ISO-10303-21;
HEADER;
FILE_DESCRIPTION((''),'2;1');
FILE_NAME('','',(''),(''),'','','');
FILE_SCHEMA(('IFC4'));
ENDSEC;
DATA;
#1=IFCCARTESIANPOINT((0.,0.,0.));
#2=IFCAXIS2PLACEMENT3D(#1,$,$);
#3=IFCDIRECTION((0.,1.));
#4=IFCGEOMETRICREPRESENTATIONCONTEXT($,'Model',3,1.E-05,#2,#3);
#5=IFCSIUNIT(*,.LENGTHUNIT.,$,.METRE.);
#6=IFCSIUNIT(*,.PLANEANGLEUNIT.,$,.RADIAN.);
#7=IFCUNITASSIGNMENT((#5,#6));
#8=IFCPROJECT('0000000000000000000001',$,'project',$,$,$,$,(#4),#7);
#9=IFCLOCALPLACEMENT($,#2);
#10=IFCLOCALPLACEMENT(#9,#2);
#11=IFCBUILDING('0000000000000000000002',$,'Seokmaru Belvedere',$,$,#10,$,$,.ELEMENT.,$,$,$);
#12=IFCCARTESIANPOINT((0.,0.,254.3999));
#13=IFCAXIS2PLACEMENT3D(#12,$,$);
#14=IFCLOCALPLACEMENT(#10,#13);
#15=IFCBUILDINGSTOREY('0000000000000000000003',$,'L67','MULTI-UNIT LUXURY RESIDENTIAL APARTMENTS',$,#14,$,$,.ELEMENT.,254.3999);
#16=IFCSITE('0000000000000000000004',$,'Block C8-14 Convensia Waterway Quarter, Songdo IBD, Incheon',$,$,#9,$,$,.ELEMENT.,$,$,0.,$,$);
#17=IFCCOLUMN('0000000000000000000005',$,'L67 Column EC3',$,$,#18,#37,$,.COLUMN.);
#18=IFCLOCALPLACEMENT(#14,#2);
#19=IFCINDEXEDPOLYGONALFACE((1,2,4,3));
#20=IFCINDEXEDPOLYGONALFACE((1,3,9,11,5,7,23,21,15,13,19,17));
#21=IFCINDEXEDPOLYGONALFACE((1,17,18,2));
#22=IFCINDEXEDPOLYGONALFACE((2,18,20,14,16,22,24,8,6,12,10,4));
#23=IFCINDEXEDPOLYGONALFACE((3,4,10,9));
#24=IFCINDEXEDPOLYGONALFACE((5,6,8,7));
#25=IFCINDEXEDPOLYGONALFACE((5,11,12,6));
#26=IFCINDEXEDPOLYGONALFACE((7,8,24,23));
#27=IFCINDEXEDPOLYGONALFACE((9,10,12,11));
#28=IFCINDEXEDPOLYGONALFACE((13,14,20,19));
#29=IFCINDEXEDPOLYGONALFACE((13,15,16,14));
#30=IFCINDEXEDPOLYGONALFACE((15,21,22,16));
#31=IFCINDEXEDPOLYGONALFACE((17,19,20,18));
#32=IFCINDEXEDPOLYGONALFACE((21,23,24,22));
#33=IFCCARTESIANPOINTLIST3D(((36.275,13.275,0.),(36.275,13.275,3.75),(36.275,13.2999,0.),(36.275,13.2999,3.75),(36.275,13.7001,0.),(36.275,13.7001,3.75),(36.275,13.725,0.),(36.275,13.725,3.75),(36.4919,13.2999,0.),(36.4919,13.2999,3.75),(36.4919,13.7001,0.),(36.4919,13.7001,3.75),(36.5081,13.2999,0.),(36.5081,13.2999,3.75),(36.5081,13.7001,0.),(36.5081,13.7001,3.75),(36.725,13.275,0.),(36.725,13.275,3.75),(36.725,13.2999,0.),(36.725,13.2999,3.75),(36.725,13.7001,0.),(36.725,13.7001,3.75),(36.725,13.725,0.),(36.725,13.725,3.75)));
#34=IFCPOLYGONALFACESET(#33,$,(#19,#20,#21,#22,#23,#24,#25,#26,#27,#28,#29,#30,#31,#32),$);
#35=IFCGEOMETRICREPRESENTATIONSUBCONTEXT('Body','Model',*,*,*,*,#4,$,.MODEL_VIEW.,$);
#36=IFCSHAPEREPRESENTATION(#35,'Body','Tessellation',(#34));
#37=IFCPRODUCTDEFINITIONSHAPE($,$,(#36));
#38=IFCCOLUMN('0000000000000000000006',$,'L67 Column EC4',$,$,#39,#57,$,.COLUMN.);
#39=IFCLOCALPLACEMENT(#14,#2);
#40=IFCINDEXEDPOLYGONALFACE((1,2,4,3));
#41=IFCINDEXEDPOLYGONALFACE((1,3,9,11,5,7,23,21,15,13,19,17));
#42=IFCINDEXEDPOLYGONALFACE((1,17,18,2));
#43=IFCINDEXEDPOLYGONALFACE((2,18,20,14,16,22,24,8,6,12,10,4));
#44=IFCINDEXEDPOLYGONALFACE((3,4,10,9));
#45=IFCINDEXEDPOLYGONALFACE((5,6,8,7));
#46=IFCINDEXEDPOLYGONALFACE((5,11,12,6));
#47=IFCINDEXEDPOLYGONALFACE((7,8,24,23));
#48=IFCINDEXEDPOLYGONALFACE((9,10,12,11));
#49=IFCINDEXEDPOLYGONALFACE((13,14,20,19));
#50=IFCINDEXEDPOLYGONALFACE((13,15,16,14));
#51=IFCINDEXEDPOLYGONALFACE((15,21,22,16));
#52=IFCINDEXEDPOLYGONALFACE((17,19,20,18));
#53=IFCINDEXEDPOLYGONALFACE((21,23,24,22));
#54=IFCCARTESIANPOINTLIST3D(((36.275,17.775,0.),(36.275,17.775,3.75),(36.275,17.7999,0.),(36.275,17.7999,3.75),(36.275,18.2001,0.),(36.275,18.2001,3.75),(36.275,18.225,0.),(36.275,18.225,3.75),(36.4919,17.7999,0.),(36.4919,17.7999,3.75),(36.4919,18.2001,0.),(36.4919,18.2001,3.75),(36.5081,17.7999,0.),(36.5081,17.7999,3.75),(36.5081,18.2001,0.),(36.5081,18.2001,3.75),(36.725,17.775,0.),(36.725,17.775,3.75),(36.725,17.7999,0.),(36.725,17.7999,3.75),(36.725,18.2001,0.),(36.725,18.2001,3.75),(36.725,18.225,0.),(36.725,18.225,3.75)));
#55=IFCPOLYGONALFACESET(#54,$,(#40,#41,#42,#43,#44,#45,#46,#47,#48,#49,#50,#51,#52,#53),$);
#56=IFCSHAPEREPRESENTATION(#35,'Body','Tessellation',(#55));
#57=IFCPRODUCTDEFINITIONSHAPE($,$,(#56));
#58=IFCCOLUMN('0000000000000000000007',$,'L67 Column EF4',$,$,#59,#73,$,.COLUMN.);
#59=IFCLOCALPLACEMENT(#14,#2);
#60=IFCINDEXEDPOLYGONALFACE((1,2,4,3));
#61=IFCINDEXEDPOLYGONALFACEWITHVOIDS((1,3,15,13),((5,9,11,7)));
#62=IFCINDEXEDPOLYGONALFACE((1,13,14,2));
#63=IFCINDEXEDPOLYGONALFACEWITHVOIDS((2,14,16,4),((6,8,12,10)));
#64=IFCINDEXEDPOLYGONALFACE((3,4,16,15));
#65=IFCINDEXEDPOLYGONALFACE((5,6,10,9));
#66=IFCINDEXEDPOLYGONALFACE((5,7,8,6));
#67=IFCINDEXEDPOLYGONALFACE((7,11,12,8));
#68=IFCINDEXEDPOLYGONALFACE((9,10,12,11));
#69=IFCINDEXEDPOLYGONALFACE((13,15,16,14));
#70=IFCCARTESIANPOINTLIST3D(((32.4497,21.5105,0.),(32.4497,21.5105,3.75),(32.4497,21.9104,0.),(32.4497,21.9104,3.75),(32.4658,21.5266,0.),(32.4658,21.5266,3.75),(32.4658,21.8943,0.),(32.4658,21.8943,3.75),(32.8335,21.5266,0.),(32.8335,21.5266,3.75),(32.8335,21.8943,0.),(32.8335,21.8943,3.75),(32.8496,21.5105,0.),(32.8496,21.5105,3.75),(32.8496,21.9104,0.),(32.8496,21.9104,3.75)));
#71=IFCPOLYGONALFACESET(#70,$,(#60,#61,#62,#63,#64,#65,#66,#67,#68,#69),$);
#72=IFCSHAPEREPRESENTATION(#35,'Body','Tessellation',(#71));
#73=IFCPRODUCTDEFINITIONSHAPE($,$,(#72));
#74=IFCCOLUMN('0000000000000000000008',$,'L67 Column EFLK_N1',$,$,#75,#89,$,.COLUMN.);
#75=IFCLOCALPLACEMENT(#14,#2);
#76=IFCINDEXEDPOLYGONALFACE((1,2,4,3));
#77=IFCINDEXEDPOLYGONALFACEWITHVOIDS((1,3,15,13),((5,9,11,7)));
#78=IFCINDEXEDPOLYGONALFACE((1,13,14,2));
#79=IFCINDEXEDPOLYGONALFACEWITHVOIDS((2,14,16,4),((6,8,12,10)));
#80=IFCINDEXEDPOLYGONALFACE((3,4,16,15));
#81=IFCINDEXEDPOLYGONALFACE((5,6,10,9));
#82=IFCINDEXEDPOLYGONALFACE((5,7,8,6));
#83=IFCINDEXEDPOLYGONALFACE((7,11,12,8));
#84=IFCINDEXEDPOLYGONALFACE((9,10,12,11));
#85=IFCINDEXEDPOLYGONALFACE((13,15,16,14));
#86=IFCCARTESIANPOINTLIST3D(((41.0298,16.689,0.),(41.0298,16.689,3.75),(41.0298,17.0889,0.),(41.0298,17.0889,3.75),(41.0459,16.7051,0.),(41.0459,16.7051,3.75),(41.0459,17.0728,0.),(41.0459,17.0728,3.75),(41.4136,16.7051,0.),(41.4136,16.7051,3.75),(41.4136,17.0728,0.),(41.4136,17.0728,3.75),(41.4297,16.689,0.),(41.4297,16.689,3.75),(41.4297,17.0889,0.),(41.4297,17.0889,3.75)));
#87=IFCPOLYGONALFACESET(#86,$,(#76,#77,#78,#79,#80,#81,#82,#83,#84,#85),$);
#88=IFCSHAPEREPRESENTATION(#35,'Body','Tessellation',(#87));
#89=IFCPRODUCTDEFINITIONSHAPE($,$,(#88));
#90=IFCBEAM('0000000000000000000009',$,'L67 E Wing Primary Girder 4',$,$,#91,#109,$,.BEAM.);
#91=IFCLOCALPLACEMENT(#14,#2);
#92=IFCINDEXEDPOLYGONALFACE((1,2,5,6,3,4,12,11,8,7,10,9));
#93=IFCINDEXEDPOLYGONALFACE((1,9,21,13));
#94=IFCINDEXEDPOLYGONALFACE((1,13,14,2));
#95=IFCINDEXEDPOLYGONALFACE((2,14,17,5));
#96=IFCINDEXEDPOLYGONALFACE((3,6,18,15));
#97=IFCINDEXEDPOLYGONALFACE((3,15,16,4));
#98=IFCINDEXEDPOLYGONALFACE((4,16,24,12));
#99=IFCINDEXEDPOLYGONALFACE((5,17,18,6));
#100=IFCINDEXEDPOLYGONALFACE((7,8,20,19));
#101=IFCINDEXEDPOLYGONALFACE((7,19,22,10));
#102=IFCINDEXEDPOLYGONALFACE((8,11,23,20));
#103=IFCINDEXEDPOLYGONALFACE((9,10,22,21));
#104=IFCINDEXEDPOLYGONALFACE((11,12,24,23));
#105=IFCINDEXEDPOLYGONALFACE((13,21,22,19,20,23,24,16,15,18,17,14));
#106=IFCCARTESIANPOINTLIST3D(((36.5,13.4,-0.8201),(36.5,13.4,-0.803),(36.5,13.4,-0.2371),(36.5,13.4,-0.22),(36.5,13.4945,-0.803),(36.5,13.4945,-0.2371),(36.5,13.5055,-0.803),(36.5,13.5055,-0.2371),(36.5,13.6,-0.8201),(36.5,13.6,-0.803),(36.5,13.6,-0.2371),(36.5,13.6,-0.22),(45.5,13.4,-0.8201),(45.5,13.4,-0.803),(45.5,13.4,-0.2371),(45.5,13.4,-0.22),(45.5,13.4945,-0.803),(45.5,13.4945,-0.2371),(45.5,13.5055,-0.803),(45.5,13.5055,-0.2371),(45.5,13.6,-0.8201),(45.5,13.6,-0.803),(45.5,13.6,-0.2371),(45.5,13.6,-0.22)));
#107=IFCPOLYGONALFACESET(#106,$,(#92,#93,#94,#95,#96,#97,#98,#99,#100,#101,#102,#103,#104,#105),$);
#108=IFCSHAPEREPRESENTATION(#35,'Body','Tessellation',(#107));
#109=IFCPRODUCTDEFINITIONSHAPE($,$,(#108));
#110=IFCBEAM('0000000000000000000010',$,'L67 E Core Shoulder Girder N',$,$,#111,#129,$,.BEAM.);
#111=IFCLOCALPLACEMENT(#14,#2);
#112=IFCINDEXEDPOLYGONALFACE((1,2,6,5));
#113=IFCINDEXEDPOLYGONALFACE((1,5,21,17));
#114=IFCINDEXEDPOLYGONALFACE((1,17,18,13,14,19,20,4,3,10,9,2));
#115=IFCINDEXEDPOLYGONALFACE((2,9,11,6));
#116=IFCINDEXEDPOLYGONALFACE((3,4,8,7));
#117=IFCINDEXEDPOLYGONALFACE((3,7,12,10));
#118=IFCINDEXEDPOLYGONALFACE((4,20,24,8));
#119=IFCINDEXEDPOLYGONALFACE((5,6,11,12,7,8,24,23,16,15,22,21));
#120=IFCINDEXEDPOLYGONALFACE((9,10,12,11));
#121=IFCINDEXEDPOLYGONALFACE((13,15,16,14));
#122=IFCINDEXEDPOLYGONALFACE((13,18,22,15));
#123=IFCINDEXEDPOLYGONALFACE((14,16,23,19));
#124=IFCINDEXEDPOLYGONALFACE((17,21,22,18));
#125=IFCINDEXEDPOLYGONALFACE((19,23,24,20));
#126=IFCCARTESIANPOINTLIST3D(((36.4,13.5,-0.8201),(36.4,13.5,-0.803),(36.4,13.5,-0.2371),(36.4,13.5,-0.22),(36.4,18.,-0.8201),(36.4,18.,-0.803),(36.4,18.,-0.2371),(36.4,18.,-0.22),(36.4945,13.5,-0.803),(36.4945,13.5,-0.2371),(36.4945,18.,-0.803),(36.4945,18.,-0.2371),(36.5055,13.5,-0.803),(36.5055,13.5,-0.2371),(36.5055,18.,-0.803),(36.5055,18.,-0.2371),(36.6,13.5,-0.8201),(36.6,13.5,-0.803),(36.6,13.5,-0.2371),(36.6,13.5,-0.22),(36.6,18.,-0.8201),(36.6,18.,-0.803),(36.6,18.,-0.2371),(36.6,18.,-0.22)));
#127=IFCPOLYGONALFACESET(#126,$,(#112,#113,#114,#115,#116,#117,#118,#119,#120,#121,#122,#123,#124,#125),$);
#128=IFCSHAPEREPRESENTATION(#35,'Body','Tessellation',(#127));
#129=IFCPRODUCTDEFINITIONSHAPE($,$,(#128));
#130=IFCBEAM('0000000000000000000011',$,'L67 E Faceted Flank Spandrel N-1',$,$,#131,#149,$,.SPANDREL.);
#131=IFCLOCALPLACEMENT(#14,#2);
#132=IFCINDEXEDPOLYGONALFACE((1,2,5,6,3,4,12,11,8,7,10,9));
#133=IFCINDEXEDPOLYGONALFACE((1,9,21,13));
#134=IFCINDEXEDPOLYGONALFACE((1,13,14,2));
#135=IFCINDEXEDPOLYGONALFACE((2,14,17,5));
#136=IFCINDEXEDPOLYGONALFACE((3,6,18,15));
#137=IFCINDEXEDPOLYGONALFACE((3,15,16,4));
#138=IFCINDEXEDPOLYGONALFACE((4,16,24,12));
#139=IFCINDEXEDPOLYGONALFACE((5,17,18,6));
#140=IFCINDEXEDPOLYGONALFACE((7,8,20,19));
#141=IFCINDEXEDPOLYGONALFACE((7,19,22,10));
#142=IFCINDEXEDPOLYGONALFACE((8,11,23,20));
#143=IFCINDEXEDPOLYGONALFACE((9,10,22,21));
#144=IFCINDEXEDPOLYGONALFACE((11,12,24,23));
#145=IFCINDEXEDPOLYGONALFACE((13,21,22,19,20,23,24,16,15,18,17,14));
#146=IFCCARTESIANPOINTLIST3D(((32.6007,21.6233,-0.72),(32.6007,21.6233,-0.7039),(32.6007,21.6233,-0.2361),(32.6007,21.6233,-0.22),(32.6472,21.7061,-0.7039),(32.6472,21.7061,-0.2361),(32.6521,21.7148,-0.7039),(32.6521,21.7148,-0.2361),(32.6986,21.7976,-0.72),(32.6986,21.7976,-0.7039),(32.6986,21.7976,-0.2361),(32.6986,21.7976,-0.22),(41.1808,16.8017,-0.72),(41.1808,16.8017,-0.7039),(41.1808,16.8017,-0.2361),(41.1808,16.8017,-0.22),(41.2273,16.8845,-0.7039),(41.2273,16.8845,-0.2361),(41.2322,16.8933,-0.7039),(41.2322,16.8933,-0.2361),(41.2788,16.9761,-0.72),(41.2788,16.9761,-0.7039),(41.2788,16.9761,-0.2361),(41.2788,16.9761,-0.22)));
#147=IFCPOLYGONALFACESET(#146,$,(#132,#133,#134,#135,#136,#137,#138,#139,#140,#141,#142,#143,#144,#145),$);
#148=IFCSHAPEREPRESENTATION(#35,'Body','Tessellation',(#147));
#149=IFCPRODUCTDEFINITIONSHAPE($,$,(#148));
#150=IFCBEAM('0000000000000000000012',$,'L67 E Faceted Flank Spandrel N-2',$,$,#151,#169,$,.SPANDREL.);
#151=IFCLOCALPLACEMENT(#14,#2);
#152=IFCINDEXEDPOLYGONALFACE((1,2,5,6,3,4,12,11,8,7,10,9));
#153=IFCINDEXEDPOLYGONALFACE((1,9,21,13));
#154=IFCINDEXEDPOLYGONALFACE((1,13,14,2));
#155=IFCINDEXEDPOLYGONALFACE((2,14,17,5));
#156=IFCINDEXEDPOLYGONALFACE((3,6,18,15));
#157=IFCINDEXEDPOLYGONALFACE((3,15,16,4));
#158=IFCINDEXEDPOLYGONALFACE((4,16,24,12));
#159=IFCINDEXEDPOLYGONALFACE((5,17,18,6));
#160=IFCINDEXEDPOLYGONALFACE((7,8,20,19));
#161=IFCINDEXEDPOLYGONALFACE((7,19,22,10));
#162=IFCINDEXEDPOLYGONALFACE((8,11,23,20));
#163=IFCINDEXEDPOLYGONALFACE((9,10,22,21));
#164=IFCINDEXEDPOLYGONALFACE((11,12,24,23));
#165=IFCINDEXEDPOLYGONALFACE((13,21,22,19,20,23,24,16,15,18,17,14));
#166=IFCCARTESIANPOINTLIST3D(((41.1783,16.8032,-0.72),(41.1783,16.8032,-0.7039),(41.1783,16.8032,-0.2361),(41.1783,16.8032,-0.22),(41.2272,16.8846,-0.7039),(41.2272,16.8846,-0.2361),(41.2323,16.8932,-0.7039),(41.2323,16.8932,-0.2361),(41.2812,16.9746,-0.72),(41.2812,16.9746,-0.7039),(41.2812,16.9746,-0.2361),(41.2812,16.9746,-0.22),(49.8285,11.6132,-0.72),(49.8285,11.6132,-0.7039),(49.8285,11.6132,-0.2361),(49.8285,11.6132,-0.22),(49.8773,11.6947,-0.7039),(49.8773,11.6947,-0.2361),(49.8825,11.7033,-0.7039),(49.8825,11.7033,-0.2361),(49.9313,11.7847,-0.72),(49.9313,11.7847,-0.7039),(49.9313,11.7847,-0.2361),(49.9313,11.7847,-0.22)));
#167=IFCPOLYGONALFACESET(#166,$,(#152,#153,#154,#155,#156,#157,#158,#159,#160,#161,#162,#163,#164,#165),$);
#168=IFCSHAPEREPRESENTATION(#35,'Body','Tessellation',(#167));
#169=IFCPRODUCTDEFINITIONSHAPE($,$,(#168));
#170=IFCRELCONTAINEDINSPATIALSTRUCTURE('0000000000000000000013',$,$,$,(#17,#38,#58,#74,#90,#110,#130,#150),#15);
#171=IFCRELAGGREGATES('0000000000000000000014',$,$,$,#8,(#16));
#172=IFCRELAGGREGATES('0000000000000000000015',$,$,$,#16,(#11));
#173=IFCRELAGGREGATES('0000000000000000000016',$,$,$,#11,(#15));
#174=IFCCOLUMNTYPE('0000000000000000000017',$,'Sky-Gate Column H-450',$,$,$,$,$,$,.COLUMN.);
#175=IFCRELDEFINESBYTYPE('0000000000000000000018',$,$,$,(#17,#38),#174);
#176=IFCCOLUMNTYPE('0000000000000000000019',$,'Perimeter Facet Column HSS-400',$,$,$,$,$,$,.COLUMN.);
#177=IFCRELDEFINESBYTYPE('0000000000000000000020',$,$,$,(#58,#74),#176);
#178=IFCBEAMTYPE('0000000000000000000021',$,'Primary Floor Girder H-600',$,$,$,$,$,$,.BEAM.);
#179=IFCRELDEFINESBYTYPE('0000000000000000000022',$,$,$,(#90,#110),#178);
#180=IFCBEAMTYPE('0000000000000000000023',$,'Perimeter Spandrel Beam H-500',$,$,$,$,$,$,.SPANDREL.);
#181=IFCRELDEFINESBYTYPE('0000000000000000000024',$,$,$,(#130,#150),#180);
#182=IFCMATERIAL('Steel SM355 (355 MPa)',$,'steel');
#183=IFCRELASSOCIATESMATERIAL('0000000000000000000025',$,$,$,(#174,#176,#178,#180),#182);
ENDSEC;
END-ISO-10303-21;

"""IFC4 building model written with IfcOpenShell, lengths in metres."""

from ifc_helpers import new_model, si_unit, direction, frame, origin, origin_2d, place, context, subcontext, project, spatial, hollow_rectangle, i_section, extrude, source, transform, mapped, material, material_profile, profile_set, type_object, type_shapes, element, save


model = new_model("IFC4")

# Units and contexts
model_context = context("Model", 3, precision=1e-05, world=origin(), true_north=direction((0.0, 1.0)))
body_context = subcontext(model_context, "Body", "Model", "MODEL_VIEW")
ifc_project = project(units=[si_unit("LENGTHUNIT", "METRE"), si_unit("PLANEANGLEUNIT", "RADIAN")], contexts=[model_context])

# Site, building, storey
site_placement = place(None, origin())
site = spatial("IfcSite", under=ifc_project, at=site_placement, Name="Block C8-14 Convensia Waterway Quarter, Songdo IBD, Incheon", CompositionType="ELEMENT", RefElevation=0.0)
building_placement = place(site_placement, origin())
building = spatial("IfcBuilding", under=site, at=building_placement, Name="Seokmaru Belvedere", CompositionType="ELEMENT")
storey_placement = place(building_placement, frame((0.0, 0.0, 254.3999)))
storey = spatial("IfcBuildingStorey", under=building, at=storey_placement, Name="L67", Description="MULTI-UNIT LUXURY RESIDENTIAL APARTMENTS", CompositionType="ELEMENT", Elevation=254.3999)

# Columns
ifc_material_1 = material(Name="Steel SM355 (355 MPa)", Category="steel")
ifc_material_profile_1 = material_profile(ifc_material_1, i_section(OverallWidth=0.45, OverallDepth=0.45, WebThickness=0.0161, FlangeThickness=0.0249, at=origin_2d()), Name="H-450x450x16x25")
ifc_profile_set_1 = profile_set([ifc_material_profile_1], Name="Steel SM355 (355 MPa)")
column_type_1 = type_object("IfcColumnType", Name="Sky-Gate Column H-450", PredefinedType="COLUMN", material=ifc_profile_set_1)
shared_shape_1 = source(origin(), body_context, "Body", "SweptSolid", [
    extrude(i_section(OverallWidth=0.45, OverallDepth=0.45, WebThickness=0.0161, FlangeThickness=0.0249, at=origin_2d()), origin(), (0.0, 0.0, 1.0), 3.75),
])
type_shapes(column_type_1, [shared_shape_1])
for number, where, z_axis, x_axis, name in (
    (1, (36.5, 13.5, 0.0), (0.0, 0.0, 1.0), (1.0, 0.0, 0.0), "L67 Column EC3"),
    (2, (36.5, 18.0, 0.0), (0.0, 0.0, 1.0), (1.0, 0.0, 0.0), "L67 Column EC4"),
):
    element("IfcColumn", number, at=place(storey_placement, frame(where, z_axis=z_axis, x_axis=x_axis)), inside=storey, type_object=column_type_1, Name=name, PredefinedType="COLUMN", context=body_context, shape_type="MappedRepresentation", body=[
        mapped(shared_shape_1, transform((0.0, 0.0, 0.0), scale=1.0)),
    ])
ifc_material_profile_2 = material_profile(ifc_material_1, hollow_rectangle(XDim=0.3999, YDim=0.3999, WallThickness=0.0161, at=origin_2d()), Name="HSS-400x400x16")
ifc_profile_set_2 = profile_set([ifc_material_profile_2], Name="Steel SM355 (355 MPa)")
column_type_2 = type_object("IfcColumnType", Name="Perimeter Facet Column HSS-400", PredefinedType="COLUMN", material=ifc_profile_set_2)
shared_shape_2 = source(origin(), body_context, "Body", "SweptSolid", [
    extrude(hollow_rectangle(XDim=0.3999, YDim=0.3999, WallThickness=0.0161, at=origin_2d()), origin(), (0.0, 0.0, 1.0), 3.75),
])
type_shapes(column_type_2, [shared_shape_2])
for number, where, z_axis, x_axis, name in (
    (3, (32.6497, 21.7104, 0.0), (0.0, 0.0, 1.0), (1.0, 0.0, 0.0), "L67 Column EF4"),
    (4, (41.2297, 16.8889, 0.0), (0.0, 0.0, 1.0), (1.0, 0.0, 0.0), "L67 Column EFLK_N1"),
):
    element("IfcColumn", number, at=place(storey_placement, frame(where, z_axis=z_axis, x_axis=x_axis)), inside=storey, type_object=column_type_2, Name=name, PredefinedType="COLUMN", context=body_context, shape_type="MappedRepresentation", body=[
        mapped(shared_shape_2, transform((0.0, 0.0, 0.0), scale=1.0)),
    ])

# Beams
ifc_material_profile_3 = material_profile(ifc_material_1, i_section(OverallWidth=0.2, OverallDepth=0.6001, WebThickness=0.011, FlangeThickness=0.0171, at=origin_2d()), Name="H-600x200x11x17")
ifc_profile_set_3 = profile_set([ifc_material_profile_3], Name="Steel SM355 (355 MPa)")
beam_type_1 = type_object("IfcBeamType", Name="Primary Floor Girder H-600", PredefinedType="BEAM", material=ifc_profile_set_3)
shared_shape_3 = source(origin(), body_context, "Body", "SweptSolid", [
    extrude(i_section(OverallWidth=0.2, OverallDepth=0.6001, WebThickness=0.011, FlangeThickness=0.0171, at=origin_2d()), origin(), (0.0, 0.0, 1.0), 9.0),
])
beam_1_placement = place(storey_placement, frame((36.5, 13.5, -0.52), z_axis=(1.0, 0.0, 0.0), x_axis=(0.0, 1.0, 0.0)))
element("IfcBeam", 5, at=beam_1_placement, inside=storey, type_object=beam_type_1, Name="L67 E Wing Primary Girder 4", PredefinedType="BEAM", context=body_context, shape_type="MappedRepresentation", body=[
    mapped(shared_shape_3, transform((0.0, 0.0, 0.0), scale=1.0)),
])
shared_shape_4 = source(origin(), body_context, "Body", "SweptSolid", [
    extrude(i_section(OverallWidth=0.2, OverallDepth=0.6001, WebThickness=0.011, FlangeThickness=0.0171, at=origin_2d()), origin(), (0.0, 0.0, 1.0), 4.5),
])
beam_2_placement = place(storey_placement, frame((36.5, 13.5, -0.52), z_axis=(0.0, 1.0, 0.0), x_axis=(-1.0, 0.0, 0.0)))
element("IfcBeam", 6, at=beam_2_placement, inside=storey, type_object=beam_type_1, Name="L67 E Core Shoulder Girder N", PredefinedType="BEAM", context=body_context, shape_type="MappedRepresentation", body=[
    mapped(shared_shape_4, transform((0.0, 0.0, 0.0), scale=1.0)),
])
ifc_material_profile_4 = material_profile(ifc_material_1, i_section(OverallWidth=0.2, OverallDepth=0.5, WebThickness=0.01, FlangeThickness=0.0161, at=origin_2d()), Name="H-500x200x10x16")
ifc_profile_set_4 = profile_set([ifc_material_profile_4], Name="Steel SM355 (355 MPa)")
beam_type_2 = type_object("IfcBeamType", Name="Perimeter Spandrel Beam H-500", PredefinedType="SPANDREL", material=ifc_profile_set_4)
shared_shape_5 = source(origin(), body_context, "Body", "SweptSolid", [
    extrude(i_section(OverallWidth=0.2, OverallDepth=0.5, WebThickness=0.01, FlangeThickness=0.0161, at=origin_2d()), origin(), (0.0, 0.0, 1.0), 9.842),
])
beam_3_placement = place(storey_placement, frame((32.6497, 21.7104, -0.47), z_axis=(0.871782, -0.489894, 0.0), x_axis=(0.489894, 0.871782, 0.0)))
element("IfcBeam", 7, at=beam_3_placement, inside=storey, type_object=beam_type_2, Name="L67 E Faceted Flank Spandrel N-1", PredefinedType="SPANDREL", context=body_context, shape_type="MappedRepresentation", body=[
    mapped(shared_shape_5, transform((0.0, 0.0, 0.0), scale=1.0)),
])
shared_shape_6 = source(origin(), body_context, "Body", "SweptSolid", [
    extrude(i_section(OverallWidth=0.2, OverallDepth=0.5, WebThickness=0.01, FlangeThickness=0.0161, at=origin_2d()), origin(), (0.0, 0.0, 1.0), 10.0876),
])
beam_4_placement = place(storey_placement, frame((41.2297, 16.8889, -0.47), z_axis=(0.857499, -0.514485, 0.0), x_axis=(0.514485, 0.857499, 0.0)))
element("IfcBeam", 8, at=beam_4_placement, inside=storey, type_object=beam_type_2, Name="L67 E Faceted Flank Spandrel N-2", PredefinedType="SPANDREL", context=body_context, shape_type="MappedRepresentation", body=[
    mapped(shared_shape_6, transform((0.0, 0.0, 0.0), scale=1.0)),
])

save(model, "model.ifc")
